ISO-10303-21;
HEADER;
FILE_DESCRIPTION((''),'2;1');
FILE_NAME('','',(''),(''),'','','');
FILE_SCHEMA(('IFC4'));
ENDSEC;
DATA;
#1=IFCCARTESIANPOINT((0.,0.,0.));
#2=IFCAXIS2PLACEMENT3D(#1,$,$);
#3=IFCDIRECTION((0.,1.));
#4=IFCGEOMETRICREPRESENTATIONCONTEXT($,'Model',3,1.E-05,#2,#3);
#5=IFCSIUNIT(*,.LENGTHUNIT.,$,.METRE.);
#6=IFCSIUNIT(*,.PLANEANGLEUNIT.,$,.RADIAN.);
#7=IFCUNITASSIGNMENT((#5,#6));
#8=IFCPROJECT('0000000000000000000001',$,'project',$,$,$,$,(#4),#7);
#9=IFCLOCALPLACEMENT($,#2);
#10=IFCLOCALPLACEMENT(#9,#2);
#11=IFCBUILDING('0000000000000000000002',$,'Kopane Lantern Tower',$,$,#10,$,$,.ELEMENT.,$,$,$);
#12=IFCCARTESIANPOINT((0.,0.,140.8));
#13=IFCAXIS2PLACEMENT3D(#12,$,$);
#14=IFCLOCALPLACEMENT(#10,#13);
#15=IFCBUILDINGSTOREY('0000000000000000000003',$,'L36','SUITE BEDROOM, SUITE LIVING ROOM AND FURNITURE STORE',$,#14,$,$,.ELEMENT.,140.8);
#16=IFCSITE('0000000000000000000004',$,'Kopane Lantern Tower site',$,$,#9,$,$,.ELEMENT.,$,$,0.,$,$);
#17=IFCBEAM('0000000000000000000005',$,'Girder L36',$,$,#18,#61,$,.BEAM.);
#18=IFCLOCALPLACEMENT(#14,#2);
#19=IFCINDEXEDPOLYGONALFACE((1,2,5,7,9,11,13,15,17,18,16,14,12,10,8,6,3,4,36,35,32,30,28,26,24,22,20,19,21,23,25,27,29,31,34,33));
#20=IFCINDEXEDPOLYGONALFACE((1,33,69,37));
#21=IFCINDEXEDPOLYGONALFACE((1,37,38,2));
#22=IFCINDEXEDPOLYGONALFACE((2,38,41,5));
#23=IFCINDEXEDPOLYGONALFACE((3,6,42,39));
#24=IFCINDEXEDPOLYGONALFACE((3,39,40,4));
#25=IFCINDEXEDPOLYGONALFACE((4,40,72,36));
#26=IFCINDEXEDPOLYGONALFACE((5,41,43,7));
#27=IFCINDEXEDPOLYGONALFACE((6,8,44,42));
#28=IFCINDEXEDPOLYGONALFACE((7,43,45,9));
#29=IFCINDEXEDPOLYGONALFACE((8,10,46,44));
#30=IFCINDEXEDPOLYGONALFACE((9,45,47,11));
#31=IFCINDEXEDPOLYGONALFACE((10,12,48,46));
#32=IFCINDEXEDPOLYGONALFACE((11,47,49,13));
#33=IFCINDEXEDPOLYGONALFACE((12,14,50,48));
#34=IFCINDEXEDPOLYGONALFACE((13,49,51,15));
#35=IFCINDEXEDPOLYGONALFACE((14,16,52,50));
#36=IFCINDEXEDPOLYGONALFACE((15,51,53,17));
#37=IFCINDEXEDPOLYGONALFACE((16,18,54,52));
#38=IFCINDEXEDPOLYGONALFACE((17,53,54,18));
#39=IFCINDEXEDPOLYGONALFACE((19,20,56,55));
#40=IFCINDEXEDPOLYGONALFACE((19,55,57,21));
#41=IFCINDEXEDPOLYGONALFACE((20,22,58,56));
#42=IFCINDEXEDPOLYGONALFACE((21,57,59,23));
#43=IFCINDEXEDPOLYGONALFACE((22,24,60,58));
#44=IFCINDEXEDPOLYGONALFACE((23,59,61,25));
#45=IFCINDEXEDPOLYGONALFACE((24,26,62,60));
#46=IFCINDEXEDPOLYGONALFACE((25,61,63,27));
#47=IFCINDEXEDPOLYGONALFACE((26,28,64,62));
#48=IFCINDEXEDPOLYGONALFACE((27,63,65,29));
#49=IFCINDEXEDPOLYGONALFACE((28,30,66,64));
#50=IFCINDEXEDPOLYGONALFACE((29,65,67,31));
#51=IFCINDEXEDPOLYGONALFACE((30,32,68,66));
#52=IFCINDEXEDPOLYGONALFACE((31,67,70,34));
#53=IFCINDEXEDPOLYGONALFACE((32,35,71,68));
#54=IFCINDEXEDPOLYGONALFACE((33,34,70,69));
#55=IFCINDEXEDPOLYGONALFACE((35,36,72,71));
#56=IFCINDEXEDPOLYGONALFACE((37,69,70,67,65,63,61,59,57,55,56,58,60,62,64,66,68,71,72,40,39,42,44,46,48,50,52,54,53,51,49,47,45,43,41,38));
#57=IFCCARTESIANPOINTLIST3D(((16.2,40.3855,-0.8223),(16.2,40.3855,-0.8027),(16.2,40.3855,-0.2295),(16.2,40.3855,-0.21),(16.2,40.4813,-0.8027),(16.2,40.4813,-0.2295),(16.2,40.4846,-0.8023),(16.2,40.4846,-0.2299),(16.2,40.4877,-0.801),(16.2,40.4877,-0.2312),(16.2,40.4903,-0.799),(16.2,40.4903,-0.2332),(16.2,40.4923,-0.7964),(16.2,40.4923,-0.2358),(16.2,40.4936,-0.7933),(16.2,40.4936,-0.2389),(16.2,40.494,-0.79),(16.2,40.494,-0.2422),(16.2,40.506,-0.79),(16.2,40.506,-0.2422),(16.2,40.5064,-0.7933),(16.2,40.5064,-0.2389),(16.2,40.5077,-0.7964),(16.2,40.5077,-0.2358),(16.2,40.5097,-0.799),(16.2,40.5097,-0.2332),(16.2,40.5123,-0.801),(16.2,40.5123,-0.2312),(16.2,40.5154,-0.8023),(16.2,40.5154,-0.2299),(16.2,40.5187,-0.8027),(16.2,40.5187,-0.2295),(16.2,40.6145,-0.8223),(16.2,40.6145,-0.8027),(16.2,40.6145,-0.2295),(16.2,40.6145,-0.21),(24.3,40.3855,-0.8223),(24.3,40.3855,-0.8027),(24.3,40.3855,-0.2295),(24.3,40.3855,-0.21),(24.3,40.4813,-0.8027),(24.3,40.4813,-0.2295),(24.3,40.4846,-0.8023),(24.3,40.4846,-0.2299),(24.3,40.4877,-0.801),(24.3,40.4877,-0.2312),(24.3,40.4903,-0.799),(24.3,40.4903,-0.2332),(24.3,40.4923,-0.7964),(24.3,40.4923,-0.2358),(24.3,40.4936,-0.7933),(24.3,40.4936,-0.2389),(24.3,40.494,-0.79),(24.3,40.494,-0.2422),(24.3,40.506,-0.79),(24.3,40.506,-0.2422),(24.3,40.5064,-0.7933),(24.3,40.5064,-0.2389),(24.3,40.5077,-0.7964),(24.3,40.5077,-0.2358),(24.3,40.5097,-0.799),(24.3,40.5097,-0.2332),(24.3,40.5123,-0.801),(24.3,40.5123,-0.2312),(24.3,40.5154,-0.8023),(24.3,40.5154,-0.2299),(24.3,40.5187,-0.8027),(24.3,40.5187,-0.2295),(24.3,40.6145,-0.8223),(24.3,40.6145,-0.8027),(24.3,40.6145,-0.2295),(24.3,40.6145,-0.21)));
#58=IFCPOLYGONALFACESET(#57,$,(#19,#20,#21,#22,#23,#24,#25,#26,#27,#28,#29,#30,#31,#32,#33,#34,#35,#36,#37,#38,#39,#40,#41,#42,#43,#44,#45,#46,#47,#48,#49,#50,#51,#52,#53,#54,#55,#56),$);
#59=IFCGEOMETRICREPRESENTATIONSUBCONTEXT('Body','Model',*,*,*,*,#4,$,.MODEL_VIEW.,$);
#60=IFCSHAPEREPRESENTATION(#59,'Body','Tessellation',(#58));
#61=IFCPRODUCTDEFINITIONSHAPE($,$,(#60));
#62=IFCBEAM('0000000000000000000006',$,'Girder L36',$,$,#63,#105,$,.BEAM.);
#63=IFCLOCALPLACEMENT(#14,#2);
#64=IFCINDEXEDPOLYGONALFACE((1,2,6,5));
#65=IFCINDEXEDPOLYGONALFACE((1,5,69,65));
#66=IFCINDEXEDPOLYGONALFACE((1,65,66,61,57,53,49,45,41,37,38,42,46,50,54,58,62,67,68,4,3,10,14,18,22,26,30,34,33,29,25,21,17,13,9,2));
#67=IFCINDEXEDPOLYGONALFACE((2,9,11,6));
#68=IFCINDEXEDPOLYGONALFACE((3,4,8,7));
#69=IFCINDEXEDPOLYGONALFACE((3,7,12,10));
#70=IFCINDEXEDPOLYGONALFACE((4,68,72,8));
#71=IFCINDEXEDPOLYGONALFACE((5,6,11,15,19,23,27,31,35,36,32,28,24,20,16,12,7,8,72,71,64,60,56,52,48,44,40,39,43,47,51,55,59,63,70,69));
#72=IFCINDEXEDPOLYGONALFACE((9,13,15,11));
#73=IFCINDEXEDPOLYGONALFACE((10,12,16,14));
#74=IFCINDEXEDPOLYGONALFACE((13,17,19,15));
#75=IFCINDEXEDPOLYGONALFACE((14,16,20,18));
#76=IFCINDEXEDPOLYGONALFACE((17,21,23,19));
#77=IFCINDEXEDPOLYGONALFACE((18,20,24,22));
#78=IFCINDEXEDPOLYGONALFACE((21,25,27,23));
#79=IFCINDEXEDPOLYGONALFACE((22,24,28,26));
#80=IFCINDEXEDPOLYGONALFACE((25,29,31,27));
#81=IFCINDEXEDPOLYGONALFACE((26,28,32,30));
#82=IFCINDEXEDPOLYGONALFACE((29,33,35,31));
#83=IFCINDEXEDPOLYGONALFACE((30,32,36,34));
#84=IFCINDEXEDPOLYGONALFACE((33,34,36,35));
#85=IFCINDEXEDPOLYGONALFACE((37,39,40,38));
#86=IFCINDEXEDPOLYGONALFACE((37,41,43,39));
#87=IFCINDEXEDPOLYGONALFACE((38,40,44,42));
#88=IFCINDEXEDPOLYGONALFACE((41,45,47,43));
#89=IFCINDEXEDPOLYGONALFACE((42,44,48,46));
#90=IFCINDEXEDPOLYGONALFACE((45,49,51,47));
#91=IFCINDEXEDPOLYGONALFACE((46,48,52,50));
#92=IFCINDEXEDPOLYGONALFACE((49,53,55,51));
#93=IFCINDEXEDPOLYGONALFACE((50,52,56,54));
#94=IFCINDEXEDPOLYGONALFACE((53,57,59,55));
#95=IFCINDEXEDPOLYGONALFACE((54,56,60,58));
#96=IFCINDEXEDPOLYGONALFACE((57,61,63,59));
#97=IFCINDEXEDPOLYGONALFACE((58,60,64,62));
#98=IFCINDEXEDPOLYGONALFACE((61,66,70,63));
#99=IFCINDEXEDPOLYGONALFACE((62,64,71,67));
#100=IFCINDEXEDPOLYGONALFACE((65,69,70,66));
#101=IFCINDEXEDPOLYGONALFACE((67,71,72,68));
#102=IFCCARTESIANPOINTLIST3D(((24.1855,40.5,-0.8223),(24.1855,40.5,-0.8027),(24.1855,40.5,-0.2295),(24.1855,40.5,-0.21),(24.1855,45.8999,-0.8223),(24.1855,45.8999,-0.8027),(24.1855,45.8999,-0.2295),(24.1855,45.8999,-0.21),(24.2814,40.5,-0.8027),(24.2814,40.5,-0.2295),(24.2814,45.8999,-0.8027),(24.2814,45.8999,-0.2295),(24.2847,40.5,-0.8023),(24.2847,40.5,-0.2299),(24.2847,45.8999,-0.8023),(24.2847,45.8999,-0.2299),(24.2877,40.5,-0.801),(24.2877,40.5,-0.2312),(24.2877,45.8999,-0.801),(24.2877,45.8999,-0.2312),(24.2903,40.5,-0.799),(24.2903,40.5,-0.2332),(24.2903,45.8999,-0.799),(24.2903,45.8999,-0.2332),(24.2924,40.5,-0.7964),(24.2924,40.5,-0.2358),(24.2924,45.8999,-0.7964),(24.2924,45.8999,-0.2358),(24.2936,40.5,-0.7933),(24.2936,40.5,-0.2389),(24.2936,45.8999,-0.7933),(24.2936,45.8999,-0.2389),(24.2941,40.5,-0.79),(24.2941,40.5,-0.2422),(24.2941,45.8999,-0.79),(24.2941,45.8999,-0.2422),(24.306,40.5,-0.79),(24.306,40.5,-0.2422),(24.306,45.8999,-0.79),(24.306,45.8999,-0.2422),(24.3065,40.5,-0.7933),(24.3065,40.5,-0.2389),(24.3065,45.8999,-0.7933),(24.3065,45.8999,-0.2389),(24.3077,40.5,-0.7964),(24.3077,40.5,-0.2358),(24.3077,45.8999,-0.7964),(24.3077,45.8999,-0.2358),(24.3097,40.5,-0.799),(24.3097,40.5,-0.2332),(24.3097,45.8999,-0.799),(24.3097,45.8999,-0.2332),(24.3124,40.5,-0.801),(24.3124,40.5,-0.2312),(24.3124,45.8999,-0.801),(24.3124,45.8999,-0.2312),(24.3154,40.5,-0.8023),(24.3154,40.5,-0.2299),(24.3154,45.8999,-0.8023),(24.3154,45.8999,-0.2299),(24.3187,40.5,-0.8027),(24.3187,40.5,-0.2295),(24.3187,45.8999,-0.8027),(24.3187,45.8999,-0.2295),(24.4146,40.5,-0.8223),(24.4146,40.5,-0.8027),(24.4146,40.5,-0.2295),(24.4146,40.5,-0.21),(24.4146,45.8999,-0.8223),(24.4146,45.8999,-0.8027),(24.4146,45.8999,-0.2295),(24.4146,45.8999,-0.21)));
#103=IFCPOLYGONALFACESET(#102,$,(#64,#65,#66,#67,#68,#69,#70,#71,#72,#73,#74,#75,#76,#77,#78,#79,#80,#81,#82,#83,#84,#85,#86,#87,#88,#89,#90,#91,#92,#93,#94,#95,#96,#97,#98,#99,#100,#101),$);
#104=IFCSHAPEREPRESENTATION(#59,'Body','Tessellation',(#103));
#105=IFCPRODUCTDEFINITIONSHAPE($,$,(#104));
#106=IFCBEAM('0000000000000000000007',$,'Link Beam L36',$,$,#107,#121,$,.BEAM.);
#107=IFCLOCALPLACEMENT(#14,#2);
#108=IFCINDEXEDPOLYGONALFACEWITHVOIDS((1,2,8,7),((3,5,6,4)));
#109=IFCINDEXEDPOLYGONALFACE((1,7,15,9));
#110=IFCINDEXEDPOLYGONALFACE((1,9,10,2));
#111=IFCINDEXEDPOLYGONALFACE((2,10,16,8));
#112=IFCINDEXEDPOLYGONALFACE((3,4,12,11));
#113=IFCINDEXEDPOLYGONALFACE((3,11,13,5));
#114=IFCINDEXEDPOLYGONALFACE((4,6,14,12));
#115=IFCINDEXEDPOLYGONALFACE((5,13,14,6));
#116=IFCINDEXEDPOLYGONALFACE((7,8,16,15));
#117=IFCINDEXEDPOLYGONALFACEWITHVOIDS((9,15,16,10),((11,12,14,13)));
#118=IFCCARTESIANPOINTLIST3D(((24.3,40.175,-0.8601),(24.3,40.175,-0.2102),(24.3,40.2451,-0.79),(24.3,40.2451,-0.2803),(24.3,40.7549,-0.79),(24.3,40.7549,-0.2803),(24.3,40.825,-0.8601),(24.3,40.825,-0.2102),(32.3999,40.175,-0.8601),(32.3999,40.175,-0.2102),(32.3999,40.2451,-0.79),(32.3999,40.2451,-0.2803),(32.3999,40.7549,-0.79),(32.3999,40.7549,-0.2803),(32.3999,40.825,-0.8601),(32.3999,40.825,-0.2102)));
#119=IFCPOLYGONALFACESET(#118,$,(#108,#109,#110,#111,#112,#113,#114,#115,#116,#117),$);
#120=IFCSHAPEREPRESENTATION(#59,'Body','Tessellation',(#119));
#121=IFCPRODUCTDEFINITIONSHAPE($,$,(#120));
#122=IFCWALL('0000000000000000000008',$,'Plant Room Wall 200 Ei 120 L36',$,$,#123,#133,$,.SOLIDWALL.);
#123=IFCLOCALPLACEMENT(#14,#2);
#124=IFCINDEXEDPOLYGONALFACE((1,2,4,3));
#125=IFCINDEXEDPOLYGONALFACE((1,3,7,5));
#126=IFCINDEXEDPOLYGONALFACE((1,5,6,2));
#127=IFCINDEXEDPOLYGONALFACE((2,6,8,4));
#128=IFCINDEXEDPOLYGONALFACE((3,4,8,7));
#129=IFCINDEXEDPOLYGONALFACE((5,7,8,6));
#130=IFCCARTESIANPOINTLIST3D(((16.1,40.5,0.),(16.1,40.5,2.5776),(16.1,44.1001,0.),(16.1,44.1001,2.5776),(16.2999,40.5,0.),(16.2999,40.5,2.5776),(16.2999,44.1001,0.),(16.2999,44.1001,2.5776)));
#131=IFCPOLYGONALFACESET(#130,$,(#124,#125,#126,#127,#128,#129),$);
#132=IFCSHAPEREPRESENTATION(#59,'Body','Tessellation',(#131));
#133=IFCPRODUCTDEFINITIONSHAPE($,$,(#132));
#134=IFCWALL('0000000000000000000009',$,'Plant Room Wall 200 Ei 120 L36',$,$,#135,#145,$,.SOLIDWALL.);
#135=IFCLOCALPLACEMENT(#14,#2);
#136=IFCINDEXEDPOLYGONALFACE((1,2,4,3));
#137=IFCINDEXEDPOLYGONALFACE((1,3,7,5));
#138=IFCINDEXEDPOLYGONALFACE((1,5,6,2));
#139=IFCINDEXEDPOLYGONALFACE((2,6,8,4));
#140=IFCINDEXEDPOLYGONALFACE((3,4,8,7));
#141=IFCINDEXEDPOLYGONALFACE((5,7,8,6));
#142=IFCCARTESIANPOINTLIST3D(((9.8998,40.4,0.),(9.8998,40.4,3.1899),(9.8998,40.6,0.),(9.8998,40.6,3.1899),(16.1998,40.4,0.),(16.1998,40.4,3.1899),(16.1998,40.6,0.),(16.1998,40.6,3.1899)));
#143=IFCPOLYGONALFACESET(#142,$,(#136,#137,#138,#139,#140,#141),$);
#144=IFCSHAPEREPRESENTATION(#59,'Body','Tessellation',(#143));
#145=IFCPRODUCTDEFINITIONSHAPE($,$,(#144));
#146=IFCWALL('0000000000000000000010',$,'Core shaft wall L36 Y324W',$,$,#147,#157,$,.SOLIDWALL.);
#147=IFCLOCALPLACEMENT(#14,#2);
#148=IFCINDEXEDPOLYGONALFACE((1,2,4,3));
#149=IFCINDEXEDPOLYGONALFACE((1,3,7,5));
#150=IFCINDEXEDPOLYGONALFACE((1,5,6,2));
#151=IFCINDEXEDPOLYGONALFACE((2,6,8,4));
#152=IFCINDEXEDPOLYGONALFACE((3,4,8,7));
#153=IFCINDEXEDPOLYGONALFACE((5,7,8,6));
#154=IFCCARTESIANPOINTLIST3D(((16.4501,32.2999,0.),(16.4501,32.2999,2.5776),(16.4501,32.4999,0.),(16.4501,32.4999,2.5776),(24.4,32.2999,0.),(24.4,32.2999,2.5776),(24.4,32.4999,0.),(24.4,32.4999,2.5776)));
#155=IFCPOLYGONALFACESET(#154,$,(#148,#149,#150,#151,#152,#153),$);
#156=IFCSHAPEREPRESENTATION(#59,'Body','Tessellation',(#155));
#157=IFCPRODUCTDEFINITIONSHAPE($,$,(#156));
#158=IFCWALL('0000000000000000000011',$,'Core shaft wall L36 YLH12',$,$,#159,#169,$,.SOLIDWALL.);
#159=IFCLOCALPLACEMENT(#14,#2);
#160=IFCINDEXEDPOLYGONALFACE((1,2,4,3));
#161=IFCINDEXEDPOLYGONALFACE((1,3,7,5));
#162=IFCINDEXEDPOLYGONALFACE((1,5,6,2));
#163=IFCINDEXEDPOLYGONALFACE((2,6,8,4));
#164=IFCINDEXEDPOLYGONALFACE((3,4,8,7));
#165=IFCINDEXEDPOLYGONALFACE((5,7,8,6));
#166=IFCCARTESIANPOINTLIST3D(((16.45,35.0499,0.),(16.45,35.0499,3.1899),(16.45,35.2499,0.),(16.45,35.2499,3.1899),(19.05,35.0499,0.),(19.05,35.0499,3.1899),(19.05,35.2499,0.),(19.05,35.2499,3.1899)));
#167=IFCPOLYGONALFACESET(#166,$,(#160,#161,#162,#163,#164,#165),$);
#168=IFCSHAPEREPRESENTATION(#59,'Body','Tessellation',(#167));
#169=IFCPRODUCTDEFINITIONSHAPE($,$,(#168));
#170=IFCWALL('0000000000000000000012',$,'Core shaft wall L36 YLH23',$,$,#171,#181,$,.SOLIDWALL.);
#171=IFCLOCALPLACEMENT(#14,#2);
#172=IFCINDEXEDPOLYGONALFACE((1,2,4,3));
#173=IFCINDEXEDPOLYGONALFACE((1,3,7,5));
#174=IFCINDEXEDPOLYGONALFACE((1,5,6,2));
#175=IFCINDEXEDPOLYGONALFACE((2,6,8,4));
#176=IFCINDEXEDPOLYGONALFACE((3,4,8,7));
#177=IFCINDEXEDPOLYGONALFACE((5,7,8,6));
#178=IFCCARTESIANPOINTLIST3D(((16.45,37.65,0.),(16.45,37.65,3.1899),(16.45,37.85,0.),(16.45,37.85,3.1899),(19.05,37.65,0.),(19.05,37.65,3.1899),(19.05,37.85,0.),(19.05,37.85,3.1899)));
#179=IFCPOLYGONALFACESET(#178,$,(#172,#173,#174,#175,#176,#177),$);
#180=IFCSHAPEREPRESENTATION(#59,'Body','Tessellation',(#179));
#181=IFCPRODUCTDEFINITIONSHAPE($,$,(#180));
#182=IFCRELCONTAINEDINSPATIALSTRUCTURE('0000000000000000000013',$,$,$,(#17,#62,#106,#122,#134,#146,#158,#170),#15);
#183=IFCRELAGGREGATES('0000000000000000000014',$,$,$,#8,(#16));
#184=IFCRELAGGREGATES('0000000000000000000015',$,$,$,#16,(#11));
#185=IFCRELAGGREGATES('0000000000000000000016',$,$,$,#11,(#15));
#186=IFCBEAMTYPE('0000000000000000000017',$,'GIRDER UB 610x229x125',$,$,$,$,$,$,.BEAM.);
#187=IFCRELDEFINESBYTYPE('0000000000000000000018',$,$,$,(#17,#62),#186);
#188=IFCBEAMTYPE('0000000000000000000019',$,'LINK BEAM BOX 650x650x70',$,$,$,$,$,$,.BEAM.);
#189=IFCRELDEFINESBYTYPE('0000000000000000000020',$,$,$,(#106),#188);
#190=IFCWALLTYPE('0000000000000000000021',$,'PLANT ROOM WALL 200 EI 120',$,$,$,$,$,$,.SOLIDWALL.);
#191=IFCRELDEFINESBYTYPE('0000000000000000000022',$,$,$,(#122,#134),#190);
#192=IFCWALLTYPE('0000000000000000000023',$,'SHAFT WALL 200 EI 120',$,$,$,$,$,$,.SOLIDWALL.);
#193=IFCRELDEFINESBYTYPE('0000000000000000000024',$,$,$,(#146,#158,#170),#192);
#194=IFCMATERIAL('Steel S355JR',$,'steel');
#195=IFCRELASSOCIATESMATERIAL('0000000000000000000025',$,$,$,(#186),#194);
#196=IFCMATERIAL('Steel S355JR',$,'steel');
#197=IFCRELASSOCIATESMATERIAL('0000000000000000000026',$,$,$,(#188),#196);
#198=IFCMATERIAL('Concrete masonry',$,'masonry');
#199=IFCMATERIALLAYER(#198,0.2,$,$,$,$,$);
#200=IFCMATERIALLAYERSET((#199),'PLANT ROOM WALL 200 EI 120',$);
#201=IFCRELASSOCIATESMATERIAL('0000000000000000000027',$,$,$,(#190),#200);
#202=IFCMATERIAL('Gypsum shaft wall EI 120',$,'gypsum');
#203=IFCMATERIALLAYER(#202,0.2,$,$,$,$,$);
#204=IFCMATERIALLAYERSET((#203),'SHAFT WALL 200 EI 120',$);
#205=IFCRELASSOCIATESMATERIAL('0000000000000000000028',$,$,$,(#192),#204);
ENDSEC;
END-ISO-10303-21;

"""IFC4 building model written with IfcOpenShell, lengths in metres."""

from ifc_helpers import new_model, si_unit, direction, frame, frame_2d, origin, origin_2d, place, context, subcontext, project, spatial, rectangle, hollow_rectangle, i_section, extrude, material, layer, layer_set, material_profile, profile_set, type_object, element, save


model = new_model("IFC4")

# Units and contexts
model_context = context("Model", 3, precision=1e-05, world=origin(), true_north=direction((0.0, 1.0)))
body_context = subcontext(model_context, "Body", "Model", "MODEL_VIEW")
ifc_project = project(units=[si_unit("LENGTHUNIT", "METRE"), si_unit("PLANEANGLEUNIT", "RADIAN")], contexts=[model_context])

# Site, building, storey
site_placement = place(None, origin())
site = spatial("IfcSite", under=ifc_project, at=site_placement, Name="Kopane Lantern Tower site", CompositionType="ELEMENT", RefElevation=0.0)
building_placement = place(site_placement, origin())
building = spatial("IfcBuilding", under=site, at=building_placement, Name="Kopane Lantern Tower", CompositionType="ELEMENT")
storey_placement = place(building_placement, frame((0.0, 0.0, 140.8)))
storey = spatial("IfcBuildingStorey", under=building, at=storey_placement, Name="L36", Description="SUITE BEDROOM, SUITE LIVING ROOM AND FURNITURE STORE", CompositionType="ELEMENT", Elevation=140.8)

# Beams
ifc_material_1 = material(Name="Steel S355JR", Category="steel")
ifc_material_profile_1 = material_profile(ifc_material_1, i_section(OverallWidth=0.229, OverallDepth=0.6123, WebThickness=0.012, FlangeThickness=0.0195, FilletRadius=0.0127, at=origin_2d()), Name="UB 610x229x125")
ifc_profile_set_1 = profile_set([ifc_material_profile_1], Name="Steel S355JR")
beam_type_1 = type_object("IfcBeamType", Name="GIRDER UB 610x229x125", PredefinedType="BEAM", material=ifc_profile_set_1)
beam_1_placement = place(storey_placement, frame((16.2, 40.5, -0.5161), z_axis=(1.0, 0.0, 0.0), x_axis=(0.0, 1.0, 0.0)))
element("IfcBeam", 1, at=beam_1_placement, inside=storey, type_object=beam_type_1, Name="Girder L36", PredefinedType="BEAM", context=body_context, shape_type="SweptSolid", body=[
    extrude(i_section(OverallWidth=0.229, OverallDepth=0.6123, WebThickness=0.012, FlangeThickness=0.0195, FilletRadius=0.0127, at=origin_2d()), origin(), (0.0, 0.0, 1.0), 8.1001),
])
beam_2_placement = place(storey_placement, frame((24.3, 40.5, -0.5161), z_axis=(0.0, 1.0, 0.0), x_axis=(-1.0, 0.0, 0.0)))
element("IfcBeam", 2, at=beam_2_placement, inside=storey, type_object=beam_type_1, Name="Girder L36", PredefinedType="BEAM", context=body_context, shape_type="SweptSolid", body=[
    extrude(i_section(OverallWidth=0.229, OverallDepth=0.6123, WebThickness=0.012, FlangeThickness=0.0195, FilletRadius=0.0127, at=origin_2d()), origin(), (0.0, 0.0, 1.0), 5.3999),
])
ifc_material_2 = material(Name="Steel S355JR", Category="steel")
ifc_material_profile_2 = material_profile(ifc_material_2, hollow_rectangle(XDim=0.6499, YDim=0.6499, WallThickness=0.0701, at=origin_2d()), Name="BOX 650x650x70")
ifc_profile_set_2 = profile_set([ifc_material_profile_2], Name="Steel S355JR")
beam_type_2 = type_object("IfcBeamType", Name="LINK BEAM BOX 650x650x70", PredefinedType="BEAM", material=ifc_profile_set_2)
beam_3_placement = place(storey_placement, frame((24.3, 40.5, -0.5352), z_axis=(1.0, 0.0, 0.0), x_axis=(0.0, 1.0, 0.0)))
element("IfcBeam", 3, at=beam_3_placement, inside=storey, type_object=beam_type_2, Name="Link Beam L36", PredefinedType="BEAM", context=body_context, shape_type="SweptSolid", body=[
    extrude(hollow_rectangle(XDim=0.6499, YDim=0.6499, WallThickness=0.0701, at=origin_2d()), origin(), (0.0, 0.0, 1.0), 8.0999),
])

# Walls
ifc_material_3 = material(Name="Concrete masonry", Category="masonry")
ifc_layer_1 = layer(ifc_material_3, 0.2)
ifc_layer_set_1 = layer_set([ifc_layer_1], Name="PLANT ROOM WALL 200 EI 120")
wall_type_1 = type_object("IfcWallType", Name="PLANT ROOM WALL 200 EI 120", PredefinedType="SOLIDWALL", material=ifc_layer_set_1)
wall_1_placement = place(storey_placement, frame((16.2, 40.5, 0.0), z_axis=(0.0, 0.0, 1.0), x_axis=(0.0, 1.0, 0.0)))
element("IfcWall", 4, at=wall_1_placement, inside=storey, type_object=wall_type_1, Name="Plant Room Wall 200 Ei 120 L36", PredefinedType="SOLIDWALL", context=body_context, shape_type="SweptSolid", body=[
    extrude(rectangle(XDim=3.6001, YDim=0.2, at=frame_2d((1.8, 0.0))), origin(), (0.0, 0.0, 1.0), 2.5776),
])
wall_2_placement = place(storey_placement, frame((9.8999, 40.5, 0.0), z_axis=(0.0, 0.0, 1.0), x_axis=(1.0, 0.0, 0.0)))
element("IfcWall", 5, at=wall_2_placement, inside=storey, type_object=wall_type_1, Name="Plant Room Wall 200 Ei 120 L36", PredefinedType="SOLIDWALL", context=body_context, shape_type="SweptSolid", body=[
    extrude(rectangle(XDim=6.3, YDim=0.2, at=frame_2d((3.1499, 0.0))), origin(), (0.0, 0.0, 1.0), 3.1899),
])
ifc_material_4 = material(Name="Gypsum shaft wall EI 120", Category="gypsum")
ifc_layer_2 = layer(ifc_material_4, 0.2)
ifc_layer_set_2 = layer_set([ifc_layer_2], Name="SHAFT WALL 200 EI 120")
wall_type_2 = type_object("IfcWallType", Name="SHAFT WALL 200 EI 120", PredefinedType="SOLIDWALL", material=ifc_layer_set_2)
wall_3_placement = place(storey_placement, frame((16.45, 32.3999, 0.0), z_axis=(0.0, 0.0, 1.0), x_axis=(1.0, 0.0, 0.0)))
element("IfcWall", 6, at=wall_3_placement, inside=storey, type_object=wall_type_2, Name="Core shaft wall L36 Y324W", PredefinedType="SOLIDWALL", context=body_context, shape_type="SweptSolid", body=[
    extrude(rectangle(XDim=7.95, YDim=0.2, at=frame_2d((3.9751, 0.0))), origin(), (0.0, 0.0, 1.0), 2.5776),
])
for number, where, z_axis, x_axis, name in (
    (7, (16.45, 35.1499, 0.0), (0.0, 0.0, 1.0), (1.0, 0.0, 0.0), "Core shaft wall L36 YLH12"),
    (8, (16.45, 37.75, 0.0), (0.0, 0.0, 1.0), (1.0, 0.0, 0.0), "Core shaft wall L36 YLH23"),
):
    element("IfcWall", number, at=place(storey_placement, frame(where, z_axis=z_axis, x_axis=x_axis)), inside=storey, type_object=wall_type_2, Name=name, PredefinedType="SOLIDWALL", context=body_context, shape_type="SweptSolid", body=[
        extrude(rectangle(XDim=2.6001, YDim=0.2, at=frame_2d((1.3, 0.0))), origin(), (0.0, 0.0, 1.0), 3.1899),
    ])

save(model, "model.ifc")
